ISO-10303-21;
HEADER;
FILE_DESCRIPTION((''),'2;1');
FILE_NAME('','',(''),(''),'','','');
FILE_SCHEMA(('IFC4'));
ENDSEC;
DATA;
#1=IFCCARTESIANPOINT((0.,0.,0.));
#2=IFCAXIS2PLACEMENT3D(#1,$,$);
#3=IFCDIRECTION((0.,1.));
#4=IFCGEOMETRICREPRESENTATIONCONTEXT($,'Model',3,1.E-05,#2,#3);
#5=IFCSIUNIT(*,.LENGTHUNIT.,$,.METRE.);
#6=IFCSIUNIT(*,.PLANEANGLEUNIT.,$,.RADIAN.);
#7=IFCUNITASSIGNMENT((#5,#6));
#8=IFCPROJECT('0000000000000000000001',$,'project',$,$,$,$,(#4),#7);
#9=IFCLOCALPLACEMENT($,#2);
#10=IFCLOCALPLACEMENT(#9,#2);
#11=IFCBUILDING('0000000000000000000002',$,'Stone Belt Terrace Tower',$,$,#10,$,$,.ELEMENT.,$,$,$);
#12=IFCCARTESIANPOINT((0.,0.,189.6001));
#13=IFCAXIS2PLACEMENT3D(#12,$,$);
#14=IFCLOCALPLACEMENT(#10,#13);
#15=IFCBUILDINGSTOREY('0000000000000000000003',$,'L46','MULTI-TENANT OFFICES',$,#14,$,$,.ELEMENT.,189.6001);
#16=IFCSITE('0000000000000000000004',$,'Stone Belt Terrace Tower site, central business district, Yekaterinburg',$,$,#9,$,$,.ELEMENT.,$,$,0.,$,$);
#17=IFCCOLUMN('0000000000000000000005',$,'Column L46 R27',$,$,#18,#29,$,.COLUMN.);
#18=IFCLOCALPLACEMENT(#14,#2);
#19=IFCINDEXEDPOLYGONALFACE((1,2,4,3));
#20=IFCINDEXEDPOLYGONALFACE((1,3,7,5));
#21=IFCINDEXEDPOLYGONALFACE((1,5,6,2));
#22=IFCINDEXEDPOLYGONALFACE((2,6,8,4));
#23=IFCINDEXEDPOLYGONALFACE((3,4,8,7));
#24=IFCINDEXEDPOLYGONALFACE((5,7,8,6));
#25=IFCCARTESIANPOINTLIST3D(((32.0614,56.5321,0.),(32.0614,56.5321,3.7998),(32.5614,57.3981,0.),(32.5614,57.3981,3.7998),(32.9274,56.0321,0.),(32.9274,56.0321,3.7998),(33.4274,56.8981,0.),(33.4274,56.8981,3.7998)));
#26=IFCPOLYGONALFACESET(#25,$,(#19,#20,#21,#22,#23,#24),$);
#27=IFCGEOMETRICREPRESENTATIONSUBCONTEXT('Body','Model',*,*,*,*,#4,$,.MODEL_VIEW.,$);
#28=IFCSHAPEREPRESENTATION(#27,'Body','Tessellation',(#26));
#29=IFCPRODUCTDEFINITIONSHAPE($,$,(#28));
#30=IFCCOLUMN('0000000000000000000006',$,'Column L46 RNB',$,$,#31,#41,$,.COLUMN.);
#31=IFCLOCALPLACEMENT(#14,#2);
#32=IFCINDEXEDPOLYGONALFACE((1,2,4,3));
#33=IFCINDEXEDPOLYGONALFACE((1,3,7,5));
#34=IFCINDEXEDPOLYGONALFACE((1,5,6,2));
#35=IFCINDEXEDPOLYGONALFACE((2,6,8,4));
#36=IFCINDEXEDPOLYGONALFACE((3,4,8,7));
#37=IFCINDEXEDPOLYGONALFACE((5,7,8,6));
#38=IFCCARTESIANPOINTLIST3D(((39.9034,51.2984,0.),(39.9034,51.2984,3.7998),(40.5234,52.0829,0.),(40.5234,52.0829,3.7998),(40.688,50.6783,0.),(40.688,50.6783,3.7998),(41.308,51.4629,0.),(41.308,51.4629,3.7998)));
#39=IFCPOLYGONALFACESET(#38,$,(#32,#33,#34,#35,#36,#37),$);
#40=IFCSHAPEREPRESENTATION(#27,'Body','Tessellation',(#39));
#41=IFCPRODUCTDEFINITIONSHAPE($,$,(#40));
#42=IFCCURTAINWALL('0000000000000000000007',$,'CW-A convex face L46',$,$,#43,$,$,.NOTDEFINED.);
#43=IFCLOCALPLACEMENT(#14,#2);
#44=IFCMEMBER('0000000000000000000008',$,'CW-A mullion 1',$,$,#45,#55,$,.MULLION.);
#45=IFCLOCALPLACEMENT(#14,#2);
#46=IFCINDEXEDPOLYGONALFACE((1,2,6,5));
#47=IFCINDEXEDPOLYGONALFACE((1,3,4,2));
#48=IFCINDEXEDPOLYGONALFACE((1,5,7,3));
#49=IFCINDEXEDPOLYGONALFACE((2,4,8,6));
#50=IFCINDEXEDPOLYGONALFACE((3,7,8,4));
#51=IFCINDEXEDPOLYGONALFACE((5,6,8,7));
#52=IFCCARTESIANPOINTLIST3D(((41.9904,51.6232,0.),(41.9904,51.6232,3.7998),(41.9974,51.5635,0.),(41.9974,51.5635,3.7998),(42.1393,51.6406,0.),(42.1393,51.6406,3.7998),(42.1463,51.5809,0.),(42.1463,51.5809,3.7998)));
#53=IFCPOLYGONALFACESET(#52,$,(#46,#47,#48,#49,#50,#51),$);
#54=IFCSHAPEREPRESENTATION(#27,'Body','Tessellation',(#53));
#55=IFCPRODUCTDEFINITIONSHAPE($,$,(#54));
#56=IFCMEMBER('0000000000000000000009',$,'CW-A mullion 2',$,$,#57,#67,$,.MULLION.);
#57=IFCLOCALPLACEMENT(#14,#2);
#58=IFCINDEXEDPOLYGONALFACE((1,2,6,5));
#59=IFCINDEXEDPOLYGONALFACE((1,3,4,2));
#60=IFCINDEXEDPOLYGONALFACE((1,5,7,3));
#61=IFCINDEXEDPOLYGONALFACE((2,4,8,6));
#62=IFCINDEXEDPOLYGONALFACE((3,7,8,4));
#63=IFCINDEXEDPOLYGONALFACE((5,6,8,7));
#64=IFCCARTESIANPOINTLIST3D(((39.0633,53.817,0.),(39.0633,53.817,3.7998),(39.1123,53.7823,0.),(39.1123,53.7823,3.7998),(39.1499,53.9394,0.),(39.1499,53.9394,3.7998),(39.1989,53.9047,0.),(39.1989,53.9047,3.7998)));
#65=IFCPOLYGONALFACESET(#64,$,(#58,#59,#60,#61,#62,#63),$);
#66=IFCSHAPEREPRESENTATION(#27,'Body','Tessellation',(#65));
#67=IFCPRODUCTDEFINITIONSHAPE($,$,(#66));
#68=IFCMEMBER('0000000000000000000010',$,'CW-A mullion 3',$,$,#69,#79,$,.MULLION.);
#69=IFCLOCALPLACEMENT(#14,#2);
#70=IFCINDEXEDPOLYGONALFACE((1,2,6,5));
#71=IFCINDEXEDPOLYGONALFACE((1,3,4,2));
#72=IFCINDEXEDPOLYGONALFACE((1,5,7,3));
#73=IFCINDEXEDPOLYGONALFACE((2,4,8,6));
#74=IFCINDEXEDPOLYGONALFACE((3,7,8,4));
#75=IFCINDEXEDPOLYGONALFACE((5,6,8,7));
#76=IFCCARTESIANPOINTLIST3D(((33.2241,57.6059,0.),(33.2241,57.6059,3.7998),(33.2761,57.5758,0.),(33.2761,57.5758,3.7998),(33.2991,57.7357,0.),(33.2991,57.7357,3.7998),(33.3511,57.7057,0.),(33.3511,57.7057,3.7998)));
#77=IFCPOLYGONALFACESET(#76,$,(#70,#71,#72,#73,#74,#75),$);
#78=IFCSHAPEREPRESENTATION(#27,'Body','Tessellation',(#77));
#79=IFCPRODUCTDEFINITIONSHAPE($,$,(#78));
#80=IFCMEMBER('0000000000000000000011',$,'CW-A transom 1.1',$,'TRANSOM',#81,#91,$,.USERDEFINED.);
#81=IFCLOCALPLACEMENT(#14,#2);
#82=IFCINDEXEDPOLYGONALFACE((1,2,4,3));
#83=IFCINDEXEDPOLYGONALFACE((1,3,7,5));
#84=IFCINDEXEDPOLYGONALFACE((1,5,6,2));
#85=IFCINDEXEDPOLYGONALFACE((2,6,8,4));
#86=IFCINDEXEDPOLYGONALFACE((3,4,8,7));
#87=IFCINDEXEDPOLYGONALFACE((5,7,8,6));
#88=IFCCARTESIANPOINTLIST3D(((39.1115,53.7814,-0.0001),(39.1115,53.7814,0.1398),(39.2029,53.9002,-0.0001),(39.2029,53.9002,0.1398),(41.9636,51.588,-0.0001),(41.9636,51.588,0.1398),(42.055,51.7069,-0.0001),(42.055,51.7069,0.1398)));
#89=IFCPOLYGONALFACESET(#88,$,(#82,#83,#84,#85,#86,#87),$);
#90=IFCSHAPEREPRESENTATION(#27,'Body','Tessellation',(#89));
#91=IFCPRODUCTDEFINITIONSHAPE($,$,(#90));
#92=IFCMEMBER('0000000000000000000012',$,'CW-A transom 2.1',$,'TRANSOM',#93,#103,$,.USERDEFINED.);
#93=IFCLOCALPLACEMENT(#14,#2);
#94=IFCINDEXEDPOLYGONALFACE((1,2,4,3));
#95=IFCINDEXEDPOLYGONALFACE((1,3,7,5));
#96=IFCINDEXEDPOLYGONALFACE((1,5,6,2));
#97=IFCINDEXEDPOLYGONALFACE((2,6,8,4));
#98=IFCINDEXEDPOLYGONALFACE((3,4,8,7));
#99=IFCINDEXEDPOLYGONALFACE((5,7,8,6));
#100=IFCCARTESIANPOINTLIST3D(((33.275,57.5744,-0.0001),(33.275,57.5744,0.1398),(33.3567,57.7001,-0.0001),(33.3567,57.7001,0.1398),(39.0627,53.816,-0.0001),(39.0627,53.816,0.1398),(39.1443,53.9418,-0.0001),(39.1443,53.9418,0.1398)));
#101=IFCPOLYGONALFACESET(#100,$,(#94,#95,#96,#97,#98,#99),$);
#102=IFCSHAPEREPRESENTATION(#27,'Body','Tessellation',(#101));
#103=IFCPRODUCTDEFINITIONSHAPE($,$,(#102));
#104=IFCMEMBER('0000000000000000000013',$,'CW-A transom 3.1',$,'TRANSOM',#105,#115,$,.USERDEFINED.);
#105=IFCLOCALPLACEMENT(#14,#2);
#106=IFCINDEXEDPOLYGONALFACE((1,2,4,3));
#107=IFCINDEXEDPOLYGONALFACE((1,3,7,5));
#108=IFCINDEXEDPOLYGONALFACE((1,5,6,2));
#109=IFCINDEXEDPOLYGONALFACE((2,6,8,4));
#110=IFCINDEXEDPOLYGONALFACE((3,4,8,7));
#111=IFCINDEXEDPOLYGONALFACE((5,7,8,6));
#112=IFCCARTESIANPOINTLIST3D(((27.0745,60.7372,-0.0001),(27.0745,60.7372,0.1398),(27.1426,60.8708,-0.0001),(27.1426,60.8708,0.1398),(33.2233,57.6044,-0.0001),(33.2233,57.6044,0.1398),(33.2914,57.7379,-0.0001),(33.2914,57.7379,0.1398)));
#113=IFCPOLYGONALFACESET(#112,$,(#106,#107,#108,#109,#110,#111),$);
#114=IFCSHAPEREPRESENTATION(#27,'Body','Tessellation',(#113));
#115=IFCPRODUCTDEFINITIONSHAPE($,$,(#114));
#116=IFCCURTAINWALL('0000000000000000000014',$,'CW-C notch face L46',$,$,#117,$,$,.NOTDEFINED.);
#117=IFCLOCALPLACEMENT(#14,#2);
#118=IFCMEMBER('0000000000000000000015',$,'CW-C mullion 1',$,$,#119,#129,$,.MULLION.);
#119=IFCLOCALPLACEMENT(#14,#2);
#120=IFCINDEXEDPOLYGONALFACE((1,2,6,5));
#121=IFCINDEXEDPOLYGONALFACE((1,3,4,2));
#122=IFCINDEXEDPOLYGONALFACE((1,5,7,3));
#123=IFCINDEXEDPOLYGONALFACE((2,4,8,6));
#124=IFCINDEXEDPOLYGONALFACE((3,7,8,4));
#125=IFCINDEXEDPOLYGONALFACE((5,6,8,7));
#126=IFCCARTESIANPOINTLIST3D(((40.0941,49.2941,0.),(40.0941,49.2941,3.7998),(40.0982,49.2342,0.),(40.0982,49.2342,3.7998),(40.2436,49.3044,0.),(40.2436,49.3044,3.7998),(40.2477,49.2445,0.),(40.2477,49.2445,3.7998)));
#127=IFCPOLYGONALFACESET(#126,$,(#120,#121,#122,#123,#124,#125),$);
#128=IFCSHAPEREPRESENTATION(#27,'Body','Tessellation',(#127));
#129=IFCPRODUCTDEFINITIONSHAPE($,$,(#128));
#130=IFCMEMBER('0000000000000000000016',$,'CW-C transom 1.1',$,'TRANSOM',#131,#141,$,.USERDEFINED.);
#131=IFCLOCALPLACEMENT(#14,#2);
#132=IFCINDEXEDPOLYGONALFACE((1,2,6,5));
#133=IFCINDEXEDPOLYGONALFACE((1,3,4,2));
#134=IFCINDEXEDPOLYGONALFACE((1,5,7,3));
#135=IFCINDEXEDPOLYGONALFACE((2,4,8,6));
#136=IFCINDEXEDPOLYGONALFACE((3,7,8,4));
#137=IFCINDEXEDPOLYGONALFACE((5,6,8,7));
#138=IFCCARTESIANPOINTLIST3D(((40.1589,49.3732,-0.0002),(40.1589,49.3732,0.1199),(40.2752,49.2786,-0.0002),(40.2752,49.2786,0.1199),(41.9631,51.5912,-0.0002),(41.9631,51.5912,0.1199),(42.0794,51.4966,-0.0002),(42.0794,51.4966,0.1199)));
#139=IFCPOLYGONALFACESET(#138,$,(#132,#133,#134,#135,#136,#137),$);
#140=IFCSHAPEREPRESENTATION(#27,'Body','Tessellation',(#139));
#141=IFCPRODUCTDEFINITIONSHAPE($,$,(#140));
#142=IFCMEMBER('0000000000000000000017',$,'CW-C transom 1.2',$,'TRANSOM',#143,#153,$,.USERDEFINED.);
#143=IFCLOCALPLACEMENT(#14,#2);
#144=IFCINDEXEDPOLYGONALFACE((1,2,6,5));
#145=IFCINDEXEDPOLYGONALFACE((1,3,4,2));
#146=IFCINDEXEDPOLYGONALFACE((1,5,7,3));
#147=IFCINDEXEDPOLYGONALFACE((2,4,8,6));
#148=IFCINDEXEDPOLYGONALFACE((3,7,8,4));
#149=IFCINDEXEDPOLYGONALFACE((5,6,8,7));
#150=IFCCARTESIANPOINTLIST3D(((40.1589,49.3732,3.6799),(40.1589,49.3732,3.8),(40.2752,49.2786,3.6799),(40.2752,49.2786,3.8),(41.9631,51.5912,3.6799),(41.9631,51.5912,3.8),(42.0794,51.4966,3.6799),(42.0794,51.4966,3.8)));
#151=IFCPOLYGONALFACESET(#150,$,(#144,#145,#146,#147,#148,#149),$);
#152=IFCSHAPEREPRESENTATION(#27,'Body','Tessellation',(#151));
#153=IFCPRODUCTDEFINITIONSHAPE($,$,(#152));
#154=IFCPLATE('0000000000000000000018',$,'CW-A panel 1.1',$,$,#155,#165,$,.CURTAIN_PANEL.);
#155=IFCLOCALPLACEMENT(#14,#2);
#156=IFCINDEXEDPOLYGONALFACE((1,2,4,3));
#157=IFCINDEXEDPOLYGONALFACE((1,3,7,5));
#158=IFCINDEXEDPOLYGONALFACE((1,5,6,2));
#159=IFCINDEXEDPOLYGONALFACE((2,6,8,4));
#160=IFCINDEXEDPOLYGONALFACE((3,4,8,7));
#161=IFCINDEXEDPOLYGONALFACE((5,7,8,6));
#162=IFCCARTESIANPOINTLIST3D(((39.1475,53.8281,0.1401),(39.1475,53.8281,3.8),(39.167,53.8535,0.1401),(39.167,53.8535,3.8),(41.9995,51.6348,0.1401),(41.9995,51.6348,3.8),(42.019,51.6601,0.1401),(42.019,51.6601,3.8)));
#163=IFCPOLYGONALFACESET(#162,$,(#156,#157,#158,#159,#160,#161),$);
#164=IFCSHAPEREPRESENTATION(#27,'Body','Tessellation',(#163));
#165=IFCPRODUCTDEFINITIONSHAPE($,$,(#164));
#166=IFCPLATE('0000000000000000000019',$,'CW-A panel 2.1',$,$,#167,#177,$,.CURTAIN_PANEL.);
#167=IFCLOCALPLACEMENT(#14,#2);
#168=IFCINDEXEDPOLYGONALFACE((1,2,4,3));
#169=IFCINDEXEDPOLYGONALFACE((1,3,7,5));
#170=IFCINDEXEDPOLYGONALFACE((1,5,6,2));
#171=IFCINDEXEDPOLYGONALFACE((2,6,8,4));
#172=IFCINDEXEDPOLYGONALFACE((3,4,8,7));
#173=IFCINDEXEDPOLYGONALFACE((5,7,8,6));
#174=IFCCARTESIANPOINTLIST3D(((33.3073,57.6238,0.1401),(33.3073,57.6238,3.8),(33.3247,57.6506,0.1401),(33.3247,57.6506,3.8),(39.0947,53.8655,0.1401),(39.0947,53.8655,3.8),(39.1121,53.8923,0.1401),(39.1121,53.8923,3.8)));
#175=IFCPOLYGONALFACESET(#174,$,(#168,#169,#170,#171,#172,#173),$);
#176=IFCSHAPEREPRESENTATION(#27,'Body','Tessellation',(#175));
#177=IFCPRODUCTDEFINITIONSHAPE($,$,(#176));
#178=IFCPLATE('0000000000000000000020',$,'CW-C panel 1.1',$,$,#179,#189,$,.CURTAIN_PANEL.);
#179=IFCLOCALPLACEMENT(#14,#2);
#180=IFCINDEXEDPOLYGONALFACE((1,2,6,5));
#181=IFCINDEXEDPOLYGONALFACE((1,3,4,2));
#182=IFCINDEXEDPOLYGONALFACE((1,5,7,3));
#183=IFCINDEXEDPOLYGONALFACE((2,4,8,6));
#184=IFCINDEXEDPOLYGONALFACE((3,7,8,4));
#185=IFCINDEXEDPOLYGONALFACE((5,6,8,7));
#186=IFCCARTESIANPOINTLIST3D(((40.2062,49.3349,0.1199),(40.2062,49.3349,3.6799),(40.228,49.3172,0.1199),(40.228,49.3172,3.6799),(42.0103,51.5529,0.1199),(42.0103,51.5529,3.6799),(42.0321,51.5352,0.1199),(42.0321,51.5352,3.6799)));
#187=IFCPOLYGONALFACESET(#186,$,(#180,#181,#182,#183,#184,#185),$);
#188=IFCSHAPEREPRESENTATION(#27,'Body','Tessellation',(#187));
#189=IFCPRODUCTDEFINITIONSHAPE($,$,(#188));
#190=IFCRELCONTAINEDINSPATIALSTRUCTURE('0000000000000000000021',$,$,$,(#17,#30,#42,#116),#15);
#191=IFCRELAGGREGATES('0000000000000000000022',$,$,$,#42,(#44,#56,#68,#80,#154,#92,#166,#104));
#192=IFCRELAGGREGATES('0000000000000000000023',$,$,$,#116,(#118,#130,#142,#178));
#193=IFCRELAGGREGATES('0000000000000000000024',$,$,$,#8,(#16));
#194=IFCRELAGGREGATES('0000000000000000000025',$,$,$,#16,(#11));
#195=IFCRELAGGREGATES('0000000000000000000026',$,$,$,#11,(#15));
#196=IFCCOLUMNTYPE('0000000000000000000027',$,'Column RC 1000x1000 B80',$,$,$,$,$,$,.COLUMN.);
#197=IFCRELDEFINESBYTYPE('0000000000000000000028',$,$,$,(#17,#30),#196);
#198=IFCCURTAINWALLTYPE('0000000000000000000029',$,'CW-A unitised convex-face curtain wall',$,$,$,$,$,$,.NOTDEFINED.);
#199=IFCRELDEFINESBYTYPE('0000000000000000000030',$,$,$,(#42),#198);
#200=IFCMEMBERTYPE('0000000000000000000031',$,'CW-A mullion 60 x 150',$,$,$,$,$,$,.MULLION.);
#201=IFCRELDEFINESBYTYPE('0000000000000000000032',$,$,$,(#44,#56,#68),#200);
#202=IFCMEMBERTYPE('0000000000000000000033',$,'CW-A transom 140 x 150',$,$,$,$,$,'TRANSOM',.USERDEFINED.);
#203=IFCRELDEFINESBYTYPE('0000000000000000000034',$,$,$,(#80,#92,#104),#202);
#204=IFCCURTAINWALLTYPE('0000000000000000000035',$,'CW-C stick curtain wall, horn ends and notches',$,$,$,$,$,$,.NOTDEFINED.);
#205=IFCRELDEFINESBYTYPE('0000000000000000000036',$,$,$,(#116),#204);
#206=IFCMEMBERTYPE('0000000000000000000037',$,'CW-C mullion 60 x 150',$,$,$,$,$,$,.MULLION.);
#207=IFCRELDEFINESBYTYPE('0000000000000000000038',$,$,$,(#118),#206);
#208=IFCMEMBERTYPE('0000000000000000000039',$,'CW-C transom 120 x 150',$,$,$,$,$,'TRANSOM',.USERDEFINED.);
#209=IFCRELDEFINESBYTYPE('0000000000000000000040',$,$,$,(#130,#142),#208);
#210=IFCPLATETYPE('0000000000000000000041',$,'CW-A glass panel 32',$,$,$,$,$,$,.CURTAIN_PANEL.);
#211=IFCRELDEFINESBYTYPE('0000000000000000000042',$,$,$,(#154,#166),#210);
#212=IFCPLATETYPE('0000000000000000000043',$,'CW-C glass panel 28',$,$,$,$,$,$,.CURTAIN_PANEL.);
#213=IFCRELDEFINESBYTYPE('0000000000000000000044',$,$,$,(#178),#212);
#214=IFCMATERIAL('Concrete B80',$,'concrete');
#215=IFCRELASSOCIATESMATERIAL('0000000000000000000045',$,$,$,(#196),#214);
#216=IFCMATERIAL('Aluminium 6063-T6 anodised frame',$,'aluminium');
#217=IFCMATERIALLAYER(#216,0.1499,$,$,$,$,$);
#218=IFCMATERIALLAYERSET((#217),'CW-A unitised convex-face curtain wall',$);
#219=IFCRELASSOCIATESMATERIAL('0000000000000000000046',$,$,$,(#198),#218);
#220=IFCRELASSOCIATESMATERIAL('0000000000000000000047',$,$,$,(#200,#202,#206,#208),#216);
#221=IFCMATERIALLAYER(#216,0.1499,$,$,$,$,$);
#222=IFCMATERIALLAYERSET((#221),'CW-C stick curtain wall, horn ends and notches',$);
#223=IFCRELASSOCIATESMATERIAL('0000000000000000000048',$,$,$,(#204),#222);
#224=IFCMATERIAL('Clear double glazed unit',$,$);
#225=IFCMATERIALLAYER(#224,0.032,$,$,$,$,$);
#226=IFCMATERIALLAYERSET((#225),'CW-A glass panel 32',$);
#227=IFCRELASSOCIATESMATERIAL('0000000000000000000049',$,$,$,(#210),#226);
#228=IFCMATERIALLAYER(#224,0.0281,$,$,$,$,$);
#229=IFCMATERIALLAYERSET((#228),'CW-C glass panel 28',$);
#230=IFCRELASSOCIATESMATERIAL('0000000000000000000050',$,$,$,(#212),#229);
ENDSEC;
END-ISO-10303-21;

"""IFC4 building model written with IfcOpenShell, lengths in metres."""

from ifc_helpers import new_model, si_unit, direction, frame, origin, origin_2d, place, context, subcontext, project, spatial, rectangle, extrude, material, layer, layer_set, material_profile, profile_set, type_object, element, aggregate, save


model = new_model("IFC4")

# Units and contexts
model_context = context("Model", 3, precision=1e-05, world=origin(), true_north=direction((0.0, 1.0)))
body_context = subcontext(model_context, "Body", "Model", "MODEL_VIEW")
ifc_project = project(units=[si_unit("LENGTHUNIT", "METRE"), si_unit("PLANEANGLEUNIT", "RADIAN")], contexts=[model_context])

# Site, building, storey
site_placement = place(None, origin())
site = spatial("IfcSite", under=ifc_project, at=site_placement, Name="Stone Belt Terrace Tower site, central business district, Yekaterinburg", CompositionType="ELEMENT", RefElevation=0.0)
building_placement = place(site_placement, origin())
building = spatial("IfcBuilding", under=site, at=building_placement, Name="Stone Belt Terrace Tower", CompositionType="ELEMENT")
storey_placement = place(building_placement, frame((0.0, 0.0, 189.6001)))
storey = spatial("IfcBuildingStorey", under=building, at=storey_placement, Name="L46", Description="MULTI-TENANT OFFICES", CompositionType="ELEMENT", Elevation=189.6001)

# Columns
ifc_material_1 = material(Name="Concrete B80", Category="concrete")
ifc_material_profile_1 = material_profile(ifc_material_1, rectangle(XDim=1.0, YDim=1.0, at=origin_2d()), Name="RC 1000x1000")
ifc_profile_set_1 = profile_set([ifc_material_profile_1], Name="Concrete B80")
column_type = type_object("IfcColumnType", Name="Column RC 1000x1000 B80", PredefinedType="COLUMN", material=ifc_profile_set_1)
for number, where, z_axis, x_axis, name in (
    (1, (32.7444, 56.7151, 0.0), (0.0, 0.0, 1.0), (0.866025, -0.5, 0.0), "Column L46 R27"),
    (2, (40.6057, 51.3806, 0.0), (0.0, 0.0, 1.0), (0.78457, -0.620041, 0.0), "Column L46 RNB"),
):
    element("IfcColumn", number, at=place(storey_placement, frame(where, z_axis=z_axis, x_axis=x_axis)), inside=storey, type_object=column_type, Name=name, PredefinedType="COLUMN", context=body_context, shape_type="SweptSolid", body=[
        extrude(rectangle(XDim=1.0, YDim=1.0, at=origin_2d()), origin(), (0.0, 0.0, 1.0), 3.7998),
    ])

# Curtain walls, members
ifc_material_2 = material(Name="Aluminium 6063-T6 anodised frame", Category="aluminium")
ifc_layer_1 = layer(ifc_material_2, 0.1499)
ifc_layer_set_1 = layer_set([ifc_layer_1], Name="CW-A unitised convex-face curtain wall")
curtain_wall_type_1 = type_object("IfcCurtainWallType", Name="CW-A unitised convex-face curtain wall", PredefinedType="NOTDEFINED", material=ifc_layer_set_1)
curtain_wall_1_placement = place(storey_placement, origin())
curtain_wall_1 = element("IfcCurtainWall", 3, at=curtain_wall_1_placement, inside=storey, type_object=curtain_wall_type_1, Name="CW-A convex face L46", PredefinedType="NOTDEFINED")
ifc_material_profile_2 = material_profile(ifc_material_2, rectangle(XDim=0.1499, YDim=0.0601, at=origin_2d()), Name="Aluminium 6063-T6 60x150")
ifc_profile_set_2 = profile_set([ifc_material_profile_2], Name="Aluminium 6063-T6 anodised frame")
member_type_1 = type_object("IfcMemberType", Name="CW-A mullion 60 x 150", PredefinedType="MULLION", material=ifc_profile_set_2)
member_1_placement = place(storey_placement, frame((42.0684, 51.6021, 0.0), z_axis=(0.0, 0.0, 1.0), x_axis=(-0.993258, -0.115925, 0.0)))
member_1 = element("IfcMember", 4, at=member_1_placement, type_object=member_type_1, Name="CW-A mullion 1", PredefinedType="MULLION", context=body_context, shape_type="SweptSolid", body=[
    extrude(rectangle(XDim=0.1499, YDim=0.0601, at=origin_2d()), origin(), (0.0, 0.0, 1.0), 3.7998),
])
member_2_placement = place(storey_placement, frame((39.1311, 53.8608, 0.0), z_axis=(0.0, 0.0, 1.0), x_axis=(-0.577587, -0.816329, 0.0)))
member_2 = element("IfcMember", 5, at=member_2_placement, type_object=member_type_1, Name="CW-A mullion 2", PredefinedType="MULLION", context=body_context, shape_type="SweptSolid", body=[
    extrude(rectangle(XDim=0.1499, YDim=0.0601, at=origin_2d()), origin(), (0.0, 0.0, 1.0), 3.7998),
])
member_3_placement = place(storey_placement, frame((33.2876, 57.6558, 0.0), z_axis=(0.0, 0.0, 1.0), x_axis=(-0.5, -0.866025, 0.0)))
member_3 = element("IfcMember", 6, at=member_3_placement, type_object=member_type_1, Name="CW-A mullion 3", PredefinedType="MULLION", context=body_context, shape_type="SweptSolid", body=[
    extrude(rectangle(XDim=0.1499, YDim=0.0601, at=origin_2d()), origin(), (0.0, 0.0, 1.0), 3.7998),
])
ifc_material_profile_3 = material_profile(ifc_material_2, rectangle(XDim=0.1499, YDim=0.1399, at=origin_2d()), Name="Aluminium 6063-T6 150x140")
ifc_profile_set_3 = profile_set([ifc_material_profile_3], Name="Aluminium 6063-T6 anodised frame")
member_type_2 = type_object("IfcMemberType", Name="CW-A transom 140 x 150", ElementType="TRANSOM", PredefinedType="USERDEFINED", material=ifc_profile_set_3)
member_4_placement = place(storey_placement, frame((42.0093, 51.6475, 0.0698), z_axis=(-0.792695, 0.609619, 0.0), x_axis=(-0.609619, -0.792695, 0.0)))
member_4 = element("IfcMember", 7, at=member_4_placement, type_object=member_type_2, Name="CW-A transom 1.1", ObjectType="TRANSOM", PredefinedType="USERDEFINED", context=body_context, shape_type="SweptSolid", body=[
    extrude(rectangle(XDim=0.1499, YDim=0.1399, at=origin_2d()), origin(), (0.0, 0.0, 1.0), 3.5979),
])
member_5_placement = place(storey_placement, frame((39.1035, 53.8789, 0.0698), z_axis=(-0.838684, 0.544618, 0.0), x_axis=(-0.544618, -0.838684, 0.0)))
member_5 = element("IfcMember", 8, at=member_5_placement, type_object=member_type_2, Name="CW-A transom 2.1", ObjectType="TRANSOM", PredefinedType="USERDEFINED", context=body_context, shape_type="SweptSolid", body=[
    extrude(rectangle(XDim=0.1499, YDim=0.1399, at=origin_2d()), origin(), (0.0, 0.0, 1.0), 6.9009),
])
member_6_placement = place(storey_placement, frame((33.2573, 57.6711, 0.0698), z_axis=(-0.891012, 0.453979, 0.0), x_axis=(-0.453979, -0.891012, 0.0)))
member_6 = element("IfcMember", 9, at=member_6_placement, type_object=member_type_2, Name="CW-A transom 3.1", ObjectType="TRANSOM", PredefinedType="USERDEFINED", context=body_context, shape_type="SweptSolid", body=[
    extrude(rectangle(XDim=0.1499, YDim=0.1399, at=origin_2d()), origin(), (0.0, 0.0, 1.0), 6.9009),
])
ifc_layer_2 = layer(ifc_material_2, 0.1499)
ifc_layer_set_2 = layer_set([ifc_layer_2], Name="CW-C stick curtain wall, horn ends and notches")
curtain_wall_type_2 = type_object("IfcCurtainWallType", Name="CW-C stick curtain wall, horn ends and notches", PredefinedType="NOTDEFINED", material=ifc_layer_set_2)
curtain_wall_2_placement = place(storey_placement, origin())
curtain_wall_2 = element("IfcCurtainWall", 10, at=curtain_wall_2_placement, inside=storey, type_object=curtain_wall_type_2, Name="CW-C notch face L46", PredefinedType="NOTDEFINED")
ifc_material_profile_4 = material_profile(ifc_material_2, rectangle(XDim=0.1499, YDim=0.0601, at=origin_2d()), Name="Aluminium 6063-T6 60x150")
ifc_profile_set_4 = profile_set([ifc_material_profile_4], Name="Aluminium 6063-T6 anodised frame")
member_type_3 = type_object("IfcMemberType", Name="CW-C mullion 60 x 150", PredefinedType="MULLION", material=ifc_profile_set_4)
member_7_placement = place(storey_placement, frame((40.1709, 49.2693, 0.0), z_axis=(0.0, 0.0, 1.0), x_axis=(-0.99764, -0.068666, 0.0)))
member_7 = element("IfcMember", 11, at=member_7_placement, type_object=member_type_3, Name="CW-C mullion 1", PredefinedType="MULLION", context=body_context, shape_type="SweptSolid", body=[
    extrude(rectangle(XDim=0.1499, YDim=0.0601, at=origin_2d()), origin(), (0.0, 0.0, 1.0), 3.7998),
])
ifc_material_profile_5 = material_profile(ifc_material_2, rectangle(XDim=0.1499, YDim=0.1201, at=origin_2d()), Name="Aluminium 6063-T6 150x120")
ifc_profile_set_5 = profile_set([ifc_material_profile_5], Name="Aluminium 6063-T6 anodised frame")
member_type_4 = type_object("IfcMemberType", Name="CW-C transom 120 x 150", ElementType="TRANSOM", PredefinedType="USERDEFINED", material=ifc_profile_set_5)
member_8_placement = place(storey_placement, frame((40.217, 49.3259, 0.0598), z_axis=(0.631027, 0.775761, 0.0), x_axis=(-0.775761, 0.631027, 0.0)))
member_8 = element("IfcMember", 12, at=member_8_placement, type_object=member_type_4, Name="CW-C transom 1.1", ObjectType="TRANSOM", PredefinedType="USERDEFINED", context=body_context, shape_type="SweptSolid", body=[
    extrude(rectangle(XDim=0.1499, YDim=0.1201, at=origin_2d()), origin(), (0.0, 0.0, 1.0), 2.8591),
])
member_9_placement = place(storey_placement, frame((40.217, 49.3259, 3.74), z_axis=(0.631027, 0.775761, 0.0), x_axis=(-0.775761, 0.631027, 0.0)))
member_9 = element("IfcMember", 13, at=member_9_placement, type_object=member_type_4, Name="CW-C transom 1.2", ObjectType="TRANSOM", PredefinedType="USERDEFINED", context=body_context, shape_type="SweptSolid", body=[
    extrude(rectangle(XDim=0.1499, YDim=0.1201, at=origin_2d()), origin(), (0.0, 0.0, 1.0), 2.8591),
])

# Plates
ifc_material_3 = material(Name="Clear double glazed unit")
ifc_layer_3 = layer(ifc_material_3, 0.032)
ifc_layer_set_3 = layer_set([ifc_layer_3], Name="CW-A glass panel 32")
plate_type_1 = type_object("IfcPlateType", Name="CW-A glass panel 32", PredefinedType="CURTAIN_PANEL", material=ifc_layer_set_3)
plate_1_placement = place(storey_placement, frame((40.5833, 52.7441, 0.1401), z_axis=(0.0, 0.0, 1.0), x_axis=(-0.792694, 0.60962, 0.0)))
plate_1 = element("IfcPlate", 14, at=plate_1_placement, type_object=plate_type_1, Name="CW-A panel 1.1", PredefinedType="CURTAIN_PANEL", context=body_context, shape_type="SweptSolid", body=[
    extrude(rectangle(XDim=3.5979, YDim=0.032, at=origin_2d()), origin(), (0.0, 0.0, 1.0), 3.6599),
])
plate_2_placement = place(storey_placement, frame((36.2097, 55.7581, 0.1401), z_axis=(0.0, 0.0, 1.0), x_axis=(-0.838671, 0.544639, 0.0)))
plate_2 = element("IfcPlate", 15, at=plate_2_placement, type_object=plate_type_1, Name="CW-A panel 2.1", PredefinedType="CURTAIN_PANEL", context=body_context, shape_type="SweptSolid", body=[
    extrude(rectangle(XDim=6.9006, YDim=0.032, at=origin_2d()), origin(), (0.0, 0.0, 1.0), 3.6599),
])
aggregate(curtain_wall_1, [member_1, member_2, member_3, member_4, plate_1, member_5, plate_2, member_6])
ifc_layer_4 = layer(ifc_material_3, 0.0281)
ifc_layer_set_4 = layer_set([ifc_layer_4], Name="CW-C glass panel 28")
plate_type_2 = type_object("IfcPlateType", Name="CW-C glass panel 28", PredefinedType="CURTAIN_PANEL", material=ifc_layer_set_4)
plate_3_placement = place(storey_placement, frame((41.1191, 50.4351, 0.1199), z_axis=(0.0, 0.0, 1.0), x_axis=(0.631001, 0.775782, 0.0)))
plate_3 = element("IfcPlate", 16, at=plate_3_placement, type_object=plate_type_2, Name="CW-C panel 1.1", PredefinedType="CURTAIN_PANEL", context=body_context, shape_type="SweptSolid", body=[
    extrude(rectangle(XDim=2.8591, YDim=0.0281, at=origin_2d()), origin(), (0.0, 0.0, 1.0), 3.5601),
])
aggregate(curtain_wall_2, [member_7, member_8, member_9, plate_3])

save(model, "model.ifc")
